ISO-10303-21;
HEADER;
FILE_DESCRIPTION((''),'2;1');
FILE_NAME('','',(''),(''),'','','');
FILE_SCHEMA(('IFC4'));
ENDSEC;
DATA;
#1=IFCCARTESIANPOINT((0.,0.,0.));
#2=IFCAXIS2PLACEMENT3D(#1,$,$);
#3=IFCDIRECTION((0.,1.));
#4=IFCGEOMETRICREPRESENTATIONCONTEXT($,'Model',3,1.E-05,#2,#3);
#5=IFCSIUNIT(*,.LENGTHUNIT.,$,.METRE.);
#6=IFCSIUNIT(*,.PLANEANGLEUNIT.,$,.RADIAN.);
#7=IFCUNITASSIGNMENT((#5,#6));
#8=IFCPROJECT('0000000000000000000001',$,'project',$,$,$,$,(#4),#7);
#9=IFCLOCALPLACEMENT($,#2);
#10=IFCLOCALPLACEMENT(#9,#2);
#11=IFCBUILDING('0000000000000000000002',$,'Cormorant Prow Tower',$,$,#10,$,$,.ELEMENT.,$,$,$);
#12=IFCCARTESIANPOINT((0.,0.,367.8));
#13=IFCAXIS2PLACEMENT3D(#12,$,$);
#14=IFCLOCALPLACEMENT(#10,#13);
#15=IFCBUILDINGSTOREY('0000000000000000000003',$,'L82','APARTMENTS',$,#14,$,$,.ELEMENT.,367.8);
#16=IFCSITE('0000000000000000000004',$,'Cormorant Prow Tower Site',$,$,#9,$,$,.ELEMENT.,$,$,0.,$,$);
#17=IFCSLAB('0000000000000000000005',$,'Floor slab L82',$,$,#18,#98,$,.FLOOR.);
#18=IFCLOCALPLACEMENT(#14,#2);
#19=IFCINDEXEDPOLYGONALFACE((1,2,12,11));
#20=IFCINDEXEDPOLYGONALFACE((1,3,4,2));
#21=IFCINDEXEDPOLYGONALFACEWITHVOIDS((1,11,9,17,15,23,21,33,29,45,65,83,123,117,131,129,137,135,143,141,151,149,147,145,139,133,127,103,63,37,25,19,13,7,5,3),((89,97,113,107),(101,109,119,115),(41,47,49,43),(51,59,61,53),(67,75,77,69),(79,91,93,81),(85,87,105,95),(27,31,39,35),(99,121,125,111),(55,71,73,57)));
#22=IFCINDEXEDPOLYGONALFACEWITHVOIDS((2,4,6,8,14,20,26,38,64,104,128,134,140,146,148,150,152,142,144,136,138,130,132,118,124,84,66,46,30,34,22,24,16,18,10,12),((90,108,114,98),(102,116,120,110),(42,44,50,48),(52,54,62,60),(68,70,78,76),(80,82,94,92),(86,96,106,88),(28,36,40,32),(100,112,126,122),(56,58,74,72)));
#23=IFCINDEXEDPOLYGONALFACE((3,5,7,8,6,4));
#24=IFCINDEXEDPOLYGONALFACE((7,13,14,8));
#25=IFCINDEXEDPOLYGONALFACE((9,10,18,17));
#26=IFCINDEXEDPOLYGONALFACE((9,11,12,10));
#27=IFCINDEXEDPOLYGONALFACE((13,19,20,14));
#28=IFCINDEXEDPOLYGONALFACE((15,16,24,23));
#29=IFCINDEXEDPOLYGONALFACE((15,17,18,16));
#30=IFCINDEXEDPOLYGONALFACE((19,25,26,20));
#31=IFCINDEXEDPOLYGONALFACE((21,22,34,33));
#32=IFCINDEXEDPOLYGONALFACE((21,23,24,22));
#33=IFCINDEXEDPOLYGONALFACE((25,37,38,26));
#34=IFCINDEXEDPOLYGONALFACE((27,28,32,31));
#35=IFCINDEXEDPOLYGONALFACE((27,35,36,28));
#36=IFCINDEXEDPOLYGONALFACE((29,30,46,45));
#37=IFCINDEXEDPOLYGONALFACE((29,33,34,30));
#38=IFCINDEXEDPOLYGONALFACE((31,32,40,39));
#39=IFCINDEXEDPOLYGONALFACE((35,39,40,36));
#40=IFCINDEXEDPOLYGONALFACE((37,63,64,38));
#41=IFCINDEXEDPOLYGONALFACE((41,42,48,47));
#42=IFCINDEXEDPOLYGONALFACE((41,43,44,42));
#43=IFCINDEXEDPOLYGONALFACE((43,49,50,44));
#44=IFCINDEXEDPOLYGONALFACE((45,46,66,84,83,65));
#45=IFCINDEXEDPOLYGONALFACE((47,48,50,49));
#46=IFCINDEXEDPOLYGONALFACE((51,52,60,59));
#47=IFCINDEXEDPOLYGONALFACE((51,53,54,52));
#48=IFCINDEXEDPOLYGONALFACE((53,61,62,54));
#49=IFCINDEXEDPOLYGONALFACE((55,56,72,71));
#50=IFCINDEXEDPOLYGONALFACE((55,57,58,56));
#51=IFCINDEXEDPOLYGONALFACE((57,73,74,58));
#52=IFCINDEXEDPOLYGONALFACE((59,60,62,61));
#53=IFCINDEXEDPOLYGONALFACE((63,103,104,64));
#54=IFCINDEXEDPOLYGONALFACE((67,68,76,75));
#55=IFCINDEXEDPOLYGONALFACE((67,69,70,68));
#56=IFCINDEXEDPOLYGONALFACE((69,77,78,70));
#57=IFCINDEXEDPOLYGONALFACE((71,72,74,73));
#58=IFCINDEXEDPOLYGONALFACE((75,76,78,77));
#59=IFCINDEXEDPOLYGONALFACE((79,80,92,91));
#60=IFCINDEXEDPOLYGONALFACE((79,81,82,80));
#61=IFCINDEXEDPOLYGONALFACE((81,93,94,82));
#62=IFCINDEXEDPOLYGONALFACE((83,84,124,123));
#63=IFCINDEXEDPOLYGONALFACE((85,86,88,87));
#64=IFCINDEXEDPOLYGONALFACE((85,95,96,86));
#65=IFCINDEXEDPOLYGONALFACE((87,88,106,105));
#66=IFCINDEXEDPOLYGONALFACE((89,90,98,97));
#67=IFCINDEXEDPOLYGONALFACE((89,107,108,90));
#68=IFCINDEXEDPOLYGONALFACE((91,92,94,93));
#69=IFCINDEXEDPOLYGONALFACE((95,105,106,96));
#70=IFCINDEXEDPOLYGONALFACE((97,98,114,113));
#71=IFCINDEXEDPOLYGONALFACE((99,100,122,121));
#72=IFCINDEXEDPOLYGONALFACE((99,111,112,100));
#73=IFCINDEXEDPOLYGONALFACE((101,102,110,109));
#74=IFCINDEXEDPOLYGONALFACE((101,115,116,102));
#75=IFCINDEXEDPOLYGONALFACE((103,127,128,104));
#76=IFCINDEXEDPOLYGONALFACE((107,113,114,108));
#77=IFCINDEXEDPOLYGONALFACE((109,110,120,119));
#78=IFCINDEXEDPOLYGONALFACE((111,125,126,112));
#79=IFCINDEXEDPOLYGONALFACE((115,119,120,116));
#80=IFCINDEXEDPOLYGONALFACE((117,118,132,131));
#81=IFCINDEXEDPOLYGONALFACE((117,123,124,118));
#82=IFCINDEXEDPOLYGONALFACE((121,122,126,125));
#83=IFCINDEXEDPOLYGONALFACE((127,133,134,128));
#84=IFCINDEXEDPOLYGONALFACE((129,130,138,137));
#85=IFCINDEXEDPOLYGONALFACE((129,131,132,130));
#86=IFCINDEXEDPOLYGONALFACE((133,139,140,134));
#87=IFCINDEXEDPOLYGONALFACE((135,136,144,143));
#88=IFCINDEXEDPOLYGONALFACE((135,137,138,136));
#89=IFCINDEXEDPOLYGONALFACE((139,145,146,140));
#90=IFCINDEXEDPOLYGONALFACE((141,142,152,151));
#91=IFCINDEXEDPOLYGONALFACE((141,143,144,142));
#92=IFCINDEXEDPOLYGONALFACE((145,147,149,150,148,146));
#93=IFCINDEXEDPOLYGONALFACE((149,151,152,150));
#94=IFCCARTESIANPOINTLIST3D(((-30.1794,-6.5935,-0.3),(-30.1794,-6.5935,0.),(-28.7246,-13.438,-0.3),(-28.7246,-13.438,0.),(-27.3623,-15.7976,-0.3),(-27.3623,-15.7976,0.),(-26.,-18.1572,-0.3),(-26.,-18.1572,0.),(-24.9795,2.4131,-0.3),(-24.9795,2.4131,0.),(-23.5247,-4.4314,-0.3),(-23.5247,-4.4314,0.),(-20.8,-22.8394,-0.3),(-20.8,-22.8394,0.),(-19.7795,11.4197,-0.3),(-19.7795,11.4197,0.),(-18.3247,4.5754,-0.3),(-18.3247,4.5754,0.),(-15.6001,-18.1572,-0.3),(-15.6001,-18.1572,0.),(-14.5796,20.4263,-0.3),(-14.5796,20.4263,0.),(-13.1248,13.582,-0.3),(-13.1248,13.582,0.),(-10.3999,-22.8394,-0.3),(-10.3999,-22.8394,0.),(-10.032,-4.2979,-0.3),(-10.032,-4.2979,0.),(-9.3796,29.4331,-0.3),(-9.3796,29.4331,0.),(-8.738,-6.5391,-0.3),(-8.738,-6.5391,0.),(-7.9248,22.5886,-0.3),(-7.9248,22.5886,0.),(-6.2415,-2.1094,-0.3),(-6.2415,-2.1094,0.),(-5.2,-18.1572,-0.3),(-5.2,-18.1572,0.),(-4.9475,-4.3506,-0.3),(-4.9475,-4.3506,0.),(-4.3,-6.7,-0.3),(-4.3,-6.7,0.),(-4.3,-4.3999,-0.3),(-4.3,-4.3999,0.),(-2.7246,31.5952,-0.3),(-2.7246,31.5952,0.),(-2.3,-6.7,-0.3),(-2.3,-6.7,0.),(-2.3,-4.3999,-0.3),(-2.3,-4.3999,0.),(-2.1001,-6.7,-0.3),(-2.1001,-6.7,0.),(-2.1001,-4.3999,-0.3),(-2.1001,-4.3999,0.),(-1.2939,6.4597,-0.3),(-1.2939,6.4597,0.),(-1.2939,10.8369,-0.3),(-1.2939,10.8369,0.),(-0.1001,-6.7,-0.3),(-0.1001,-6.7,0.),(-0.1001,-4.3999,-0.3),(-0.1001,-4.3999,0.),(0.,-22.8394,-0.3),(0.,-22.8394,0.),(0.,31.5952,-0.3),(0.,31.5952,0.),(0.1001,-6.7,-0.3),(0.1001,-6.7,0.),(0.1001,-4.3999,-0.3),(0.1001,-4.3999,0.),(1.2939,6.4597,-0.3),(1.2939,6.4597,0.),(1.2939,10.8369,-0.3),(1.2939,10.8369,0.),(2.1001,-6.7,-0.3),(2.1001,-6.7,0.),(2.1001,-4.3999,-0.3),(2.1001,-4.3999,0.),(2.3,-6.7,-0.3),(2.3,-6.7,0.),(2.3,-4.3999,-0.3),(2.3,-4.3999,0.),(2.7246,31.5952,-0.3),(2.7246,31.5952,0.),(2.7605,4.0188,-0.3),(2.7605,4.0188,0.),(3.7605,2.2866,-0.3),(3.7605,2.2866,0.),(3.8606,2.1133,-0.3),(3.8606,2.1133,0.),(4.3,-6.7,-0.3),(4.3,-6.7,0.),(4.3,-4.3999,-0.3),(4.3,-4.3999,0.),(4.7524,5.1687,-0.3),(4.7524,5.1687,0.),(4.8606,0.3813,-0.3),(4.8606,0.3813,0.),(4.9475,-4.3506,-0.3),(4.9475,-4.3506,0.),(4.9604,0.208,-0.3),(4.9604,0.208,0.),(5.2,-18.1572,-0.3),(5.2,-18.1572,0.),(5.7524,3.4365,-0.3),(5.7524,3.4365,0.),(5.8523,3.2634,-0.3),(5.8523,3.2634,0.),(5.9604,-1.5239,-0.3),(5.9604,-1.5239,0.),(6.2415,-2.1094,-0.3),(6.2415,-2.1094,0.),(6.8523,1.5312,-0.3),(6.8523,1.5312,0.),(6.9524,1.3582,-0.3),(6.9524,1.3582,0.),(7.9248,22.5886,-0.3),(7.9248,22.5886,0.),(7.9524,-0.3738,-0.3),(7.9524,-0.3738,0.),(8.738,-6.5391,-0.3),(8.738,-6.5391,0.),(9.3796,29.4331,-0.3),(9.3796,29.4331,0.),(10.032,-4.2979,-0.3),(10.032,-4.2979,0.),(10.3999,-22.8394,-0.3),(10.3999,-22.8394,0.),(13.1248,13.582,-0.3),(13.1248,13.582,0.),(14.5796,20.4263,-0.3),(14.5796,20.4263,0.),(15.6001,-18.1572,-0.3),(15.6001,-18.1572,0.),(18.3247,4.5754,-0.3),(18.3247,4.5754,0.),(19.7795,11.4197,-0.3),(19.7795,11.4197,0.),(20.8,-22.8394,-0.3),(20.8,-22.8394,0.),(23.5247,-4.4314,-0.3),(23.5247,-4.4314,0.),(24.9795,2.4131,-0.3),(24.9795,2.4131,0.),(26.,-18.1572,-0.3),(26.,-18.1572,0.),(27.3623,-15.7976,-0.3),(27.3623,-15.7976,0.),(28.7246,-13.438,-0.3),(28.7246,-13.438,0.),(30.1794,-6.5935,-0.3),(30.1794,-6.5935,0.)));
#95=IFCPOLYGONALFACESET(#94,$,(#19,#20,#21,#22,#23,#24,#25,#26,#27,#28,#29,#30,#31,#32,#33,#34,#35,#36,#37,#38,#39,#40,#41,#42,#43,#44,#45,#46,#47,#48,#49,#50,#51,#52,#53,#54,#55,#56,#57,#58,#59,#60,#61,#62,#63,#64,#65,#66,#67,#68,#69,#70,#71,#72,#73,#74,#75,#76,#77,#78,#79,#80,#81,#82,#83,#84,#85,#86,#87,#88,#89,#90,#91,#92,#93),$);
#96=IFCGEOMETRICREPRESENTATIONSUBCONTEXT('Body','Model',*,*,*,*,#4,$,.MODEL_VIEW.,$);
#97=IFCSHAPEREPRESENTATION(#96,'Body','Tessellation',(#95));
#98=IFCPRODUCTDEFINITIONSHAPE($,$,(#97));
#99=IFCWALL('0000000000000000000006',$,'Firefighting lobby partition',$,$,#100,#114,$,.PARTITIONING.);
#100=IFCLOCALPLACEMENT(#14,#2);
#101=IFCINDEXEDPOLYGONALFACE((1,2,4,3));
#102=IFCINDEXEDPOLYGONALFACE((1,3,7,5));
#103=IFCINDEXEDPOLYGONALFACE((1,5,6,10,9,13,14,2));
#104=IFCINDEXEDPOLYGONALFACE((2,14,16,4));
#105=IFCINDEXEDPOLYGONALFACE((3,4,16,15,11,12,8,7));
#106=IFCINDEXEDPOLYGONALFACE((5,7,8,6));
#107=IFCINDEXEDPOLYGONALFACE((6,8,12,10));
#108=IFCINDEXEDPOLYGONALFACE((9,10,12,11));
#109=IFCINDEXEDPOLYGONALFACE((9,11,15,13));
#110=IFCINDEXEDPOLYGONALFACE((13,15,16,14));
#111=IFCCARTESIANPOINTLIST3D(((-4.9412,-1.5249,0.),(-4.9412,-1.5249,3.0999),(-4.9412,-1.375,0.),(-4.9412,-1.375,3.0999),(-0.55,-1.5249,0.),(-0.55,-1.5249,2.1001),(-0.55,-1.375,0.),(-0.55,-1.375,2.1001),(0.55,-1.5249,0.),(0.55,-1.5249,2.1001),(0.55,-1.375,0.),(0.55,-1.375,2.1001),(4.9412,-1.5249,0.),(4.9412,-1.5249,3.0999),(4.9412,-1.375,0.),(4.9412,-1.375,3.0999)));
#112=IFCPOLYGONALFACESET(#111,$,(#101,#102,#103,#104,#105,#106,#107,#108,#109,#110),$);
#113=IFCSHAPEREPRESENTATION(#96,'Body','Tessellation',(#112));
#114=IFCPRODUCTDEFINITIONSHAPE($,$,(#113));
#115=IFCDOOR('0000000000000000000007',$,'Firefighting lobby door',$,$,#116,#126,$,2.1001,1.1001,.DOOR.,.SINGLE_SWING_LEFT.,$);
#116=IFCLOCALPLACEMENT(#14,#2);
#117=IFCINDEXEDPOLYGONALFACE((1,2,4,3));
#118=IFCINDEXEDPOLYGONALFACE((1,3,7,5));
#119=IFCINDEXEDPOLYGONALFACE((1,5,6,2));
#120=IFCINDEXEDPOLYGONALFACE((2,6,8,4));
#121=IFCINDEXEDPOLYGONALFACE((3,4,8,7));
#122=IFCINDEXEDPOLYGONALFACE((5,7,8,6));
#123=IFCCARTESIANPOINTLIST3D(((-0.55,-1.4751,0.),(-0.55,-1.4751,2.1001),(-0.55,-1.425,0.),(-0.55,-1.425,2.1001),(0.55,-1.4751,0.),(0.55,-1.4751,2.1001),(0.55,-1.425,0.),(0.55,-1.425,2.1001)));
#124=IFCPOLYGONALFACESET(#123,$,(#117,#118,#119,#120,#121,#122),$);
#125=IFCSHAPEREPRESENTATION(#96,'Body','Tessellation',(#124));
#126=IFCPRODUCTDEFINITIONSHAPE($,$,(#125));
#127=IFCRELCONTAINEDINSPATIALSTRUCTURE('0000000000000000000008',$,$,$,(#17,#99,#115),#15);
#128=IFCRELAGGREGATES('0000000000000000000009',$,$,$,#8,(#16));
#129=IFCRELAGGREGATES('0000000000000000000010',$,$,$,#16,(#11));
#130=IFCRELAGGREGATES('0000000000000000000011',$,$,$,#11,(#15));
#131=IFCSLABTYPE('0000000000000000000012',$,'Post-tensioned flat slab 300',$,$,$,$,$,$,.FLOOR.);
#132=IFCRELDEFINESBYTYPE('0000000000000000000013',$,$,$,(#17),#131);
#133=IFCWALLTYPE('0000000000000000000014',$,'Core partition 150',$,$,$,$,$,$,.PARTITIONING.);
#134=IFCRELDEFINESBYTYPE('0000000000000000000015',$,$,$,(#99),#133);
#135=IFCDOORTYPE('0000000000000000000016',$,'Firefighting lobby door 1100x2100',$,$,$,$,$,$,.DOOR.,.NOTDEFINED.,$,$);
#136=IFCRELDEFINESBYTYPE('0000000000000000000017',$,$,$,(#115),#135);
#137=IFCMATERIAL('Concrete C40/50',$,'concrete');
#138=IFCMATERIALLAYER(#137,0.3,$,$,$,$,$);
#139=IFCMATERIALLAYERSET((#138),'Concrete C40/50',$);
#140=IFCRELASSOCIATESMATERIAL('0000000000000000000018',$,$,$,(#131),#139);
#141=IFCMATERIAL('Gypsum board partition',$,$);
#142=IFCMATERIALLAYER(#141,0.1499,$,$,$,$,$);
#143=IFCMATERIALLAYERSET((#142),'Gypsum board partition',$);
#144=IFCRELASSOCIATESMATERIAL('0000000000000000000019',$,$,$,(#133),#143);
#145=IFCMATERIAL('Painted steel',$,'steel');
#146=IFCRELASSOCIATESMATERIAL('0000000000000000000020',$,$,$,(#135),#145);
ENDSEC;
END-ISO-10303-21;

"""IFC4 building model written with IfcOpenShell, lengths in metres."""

from ifc_helpers import new_model, si_unit, direction, frame, frame_2d, origin, place, context, subcontext, project, spatial, polyline, rectangle, outline, extrude, material, layer, layer_set, type_object, element, fill, save


model = new_model("IFC4")

# Units and contexts
model_context = context("Model", 3, precision=1e-05, world=origin(), true_north=direction((0.0, 1.0)))
body_context = subcontext(model_context, "Body", "Model", "MODEL_VIEW")
ifc_project = project(units=[si_unit("LENGTHUNIT", "METRE"), si_unit("PLANEANGLEUNIT", "RADIAN")], contexts=[model_context])

# Site, building, storey
site_placement = place(None, origin())
site = spatial("IfcSite", under=ifc_project, at=site_placement, Name="Cormorant Prow Tower Site", CompositionType="ELEMENT", RefElevation=0.0)
building_placement = place(site_placement, origin())
building = spatial("IfcBuilding", under=site, at=building_placement, Name="Cormorant Prow Tower", CompositionType="ELEMENT")
storey_placement = place(building_placement, frame((0.0, 0.0, 367.8)))
storey = spatial("IfcBuildingStorey", under=building, at=storey_placement, Name="L82", Description="APARTMENTS", CompositionType="ELEMENT", Elevation=367.8)

# Slab
ifc_material_1 = material(Name="Concrete C40/50", Category="concrete")
ifc_layer_1 = layer(ifc_material_1, 0.3)
ifc_layer_set_1 = layer_set([ifc_layer_1], Name="Concrete C40/50")
slab_type_1 = type_object("IfcSlabType", Name="Post-tensioned flat slab 300", PredefinedType="FLOOR", material=ifc_layer_set_1)
slab_1_placement = place(storey_placement, frame((0.0, 0.0, -0.3)))
element("IfcSlab", 1, at=slab_1_placement, inside=storey, type_object=slab_type_1, Name="Floor slab L82", PredefinedType="FLOOR", context=body_context, shape_type="SweptSolid", body=[
    extrude(outline(polyline([(-7.9248, 22.5886), (-14.5796, 20.4263), (-13.1248, 13.582), (-19.7795, 11.4197), (-18.3247, 4.5754), (-24.9795, 2.4131), (-23.5247, -4.4314), (-30.1794, -6.5935), (-28.7246, -13.438), (-27.3623, -15.7976), (-26.0, -18.1572), (-20.8, -22.8394), (-15.6001, -18.1572), (-10.3999, -22.8394), (-5.2, -18.1572), (0.0, -22.8394), (5.2, -18.1572), (10.3999, -22.8394), (15.6001, -18.1572), (20.8, -22.8394), (26.0, -18.1572), (27.3623, -15.7976), (28.7246, -13.438), (30.1794, -6.5935), (23.5247, -4.4314), (24.9795, 2.4131), (18.3247, 4.5754), (19.7795, 11.4197), (13.1248, 13.582), (14.5796, 20.4263), (7.9248, 22.5886), (9.3796, 29.4331), (2.7246, 31.5952), (0.0, 31.5952), (-2.7246, 31.5952), (-9.3796, 29.4331), (-7.9248, 22.5886)]), holes=[polyline([(-4.3, -4.3999), (-2.3, -4.3999), (-2.3, -6.7), (-4.3, -6.7), (-4.3, -4.3999)]), polyline([(-0.1001, -4.3999), (-0.1001, -6.7), (-2.1001, -6.7), (-2.1001, -4.3999), (-0.1001, -4.3999)]), polyline([(2.1001, -6.7), (0.1001, -6.7), (0.1001, -4.3999), (2.1001, -4.3999), (2.1001, -6.7)]), polyline([(2.3, -6.7), (2.3, -4.3999), (4.3, -4.3999), (4.3, -6.7), (2.3, -6.7)]), polyline([(5.9604, -1.5239), (4.9604, 0.208), (6.9524, 1.3582), (7.9524, -0.3738), (5.9604, -1.5239)]), polyline([(3.8606, 2.1133), (5.8523, 3.2634), (6.8523, 1.5312), (4.8606, 0.3813), (3.8606, 2.1133)]), polyline([(4.7524, 5.1687), (5.7524, 3.4365), (3.7605, 2.2866), (2.7605, 4.0188), (4.7524, 5.1687)]), polyline([(-4.9475, -4.3506), (-8.738, -6.5391), (-10.032, -4.2979), (-6.2415, -2.1094), (-4.9475, -4.3506)]), polyline([(10.032, -4.2979), (8.738, -6.5391), (4.9475, -4.3506), (6.2415, -2.1094), (10.032, -4.2979)]), polyline([(1.2939, 10.8369), (1.2939, 6.4597), (-1.2939, 6.4597), (-1.2939, 10.8369), (1.2939, 10.8369)])]), origin(), (0.0, 0.0, 1.0), 0.3),
])

# Wall, opening, door
ifc_material_2 = material(Name="Gypsum board partition")
ifc_layer_2 = layer(ifc_material_2, 0.1499)
ifc_layer_set_2 = layer_set([ifc_layer_2], Name="Gypsum board partition")
wall_type_1 = type_object("IfcWallType", Name="Core partition 150", PredefinedType="PARTITIONING", material=ifc_layer_set_2)
wall_1_placement = place(storey_placement, frame((-4.9412, -1.45, 0.0), z_axis=(0.0, 0.0, 1.0), x_axis=(1.0, 0.0, 0.0)))
wall_1 = element("IfcWall", 2, at=wall_1_placement, inside=storey, type_object=wall_type_1, Name="Firefighting lobby partition", PredefinedType="PARTITIONING", context=body_context, shape_type="SweptSolid", body=[
    extrude(rectangle(XDim=9.8823, YDim=0.1499, at=frame_2d((4.9412, 0.0))), origin(), (0.0, 0.0, 1.0), 3.0999),
])
opening_1_placement = place(wall_1_placement, frame((4.3911, 0.0, 0.0)))
opening_1 = element("IfcOpeningElement", 3, at=opening_1_placement, cuts=wall_1, PredefinedType="OPENING", context=body_context, shape_type="SweptSolid", body=[
    extrude(rectangle(XDim=1.1001, YDim=2.1001, at=frame_2d((0.55, 1.05))), frame((0.0, 0.085, 0.0), z_axis=(0.0, -1.0, 0.0), x_axis=(1.0, 0.0, 0.0)), (0.0, 0.0, 1.0), 0.1699),
])
ifc_material_3 = material(Name="Painted steel", Category="steel")
door_type_1 = type_object("IfcDoorType", Name="Firefighting lobby door 1100x2100", OperationType="NOTDEFINED", PredefinedType="DOOR", material=ifc_material_3)
door_1_placement = place(opening_1_placement, origin())
door_1 = element("IfcDoor", 4, at=door_1_placement, inside=storey, type_object=door_type_1, Name="Firefighting lobby door", OperationType="SINGLE_SWING_LEFT", OverallHeight=2.1001, OverallWidth=1.1001, PredefinedType="DOOR", context=body_context, shape_type="SweptSolid", body=[
    extrude(rectangle(XDim=1.1001, YDim=2.1001, at=frame_2d((0.55, 1.05))), frame((0.0, 0.0249, 0.0), z_axis=(0.0, -1.0, 0.0), x_axis=(1.0, 0.0, 0.0)), (0.0, 0.0, 1.0), 0.05),
])
fill(opening_1, door_1)

save(model, "model.ifc")
